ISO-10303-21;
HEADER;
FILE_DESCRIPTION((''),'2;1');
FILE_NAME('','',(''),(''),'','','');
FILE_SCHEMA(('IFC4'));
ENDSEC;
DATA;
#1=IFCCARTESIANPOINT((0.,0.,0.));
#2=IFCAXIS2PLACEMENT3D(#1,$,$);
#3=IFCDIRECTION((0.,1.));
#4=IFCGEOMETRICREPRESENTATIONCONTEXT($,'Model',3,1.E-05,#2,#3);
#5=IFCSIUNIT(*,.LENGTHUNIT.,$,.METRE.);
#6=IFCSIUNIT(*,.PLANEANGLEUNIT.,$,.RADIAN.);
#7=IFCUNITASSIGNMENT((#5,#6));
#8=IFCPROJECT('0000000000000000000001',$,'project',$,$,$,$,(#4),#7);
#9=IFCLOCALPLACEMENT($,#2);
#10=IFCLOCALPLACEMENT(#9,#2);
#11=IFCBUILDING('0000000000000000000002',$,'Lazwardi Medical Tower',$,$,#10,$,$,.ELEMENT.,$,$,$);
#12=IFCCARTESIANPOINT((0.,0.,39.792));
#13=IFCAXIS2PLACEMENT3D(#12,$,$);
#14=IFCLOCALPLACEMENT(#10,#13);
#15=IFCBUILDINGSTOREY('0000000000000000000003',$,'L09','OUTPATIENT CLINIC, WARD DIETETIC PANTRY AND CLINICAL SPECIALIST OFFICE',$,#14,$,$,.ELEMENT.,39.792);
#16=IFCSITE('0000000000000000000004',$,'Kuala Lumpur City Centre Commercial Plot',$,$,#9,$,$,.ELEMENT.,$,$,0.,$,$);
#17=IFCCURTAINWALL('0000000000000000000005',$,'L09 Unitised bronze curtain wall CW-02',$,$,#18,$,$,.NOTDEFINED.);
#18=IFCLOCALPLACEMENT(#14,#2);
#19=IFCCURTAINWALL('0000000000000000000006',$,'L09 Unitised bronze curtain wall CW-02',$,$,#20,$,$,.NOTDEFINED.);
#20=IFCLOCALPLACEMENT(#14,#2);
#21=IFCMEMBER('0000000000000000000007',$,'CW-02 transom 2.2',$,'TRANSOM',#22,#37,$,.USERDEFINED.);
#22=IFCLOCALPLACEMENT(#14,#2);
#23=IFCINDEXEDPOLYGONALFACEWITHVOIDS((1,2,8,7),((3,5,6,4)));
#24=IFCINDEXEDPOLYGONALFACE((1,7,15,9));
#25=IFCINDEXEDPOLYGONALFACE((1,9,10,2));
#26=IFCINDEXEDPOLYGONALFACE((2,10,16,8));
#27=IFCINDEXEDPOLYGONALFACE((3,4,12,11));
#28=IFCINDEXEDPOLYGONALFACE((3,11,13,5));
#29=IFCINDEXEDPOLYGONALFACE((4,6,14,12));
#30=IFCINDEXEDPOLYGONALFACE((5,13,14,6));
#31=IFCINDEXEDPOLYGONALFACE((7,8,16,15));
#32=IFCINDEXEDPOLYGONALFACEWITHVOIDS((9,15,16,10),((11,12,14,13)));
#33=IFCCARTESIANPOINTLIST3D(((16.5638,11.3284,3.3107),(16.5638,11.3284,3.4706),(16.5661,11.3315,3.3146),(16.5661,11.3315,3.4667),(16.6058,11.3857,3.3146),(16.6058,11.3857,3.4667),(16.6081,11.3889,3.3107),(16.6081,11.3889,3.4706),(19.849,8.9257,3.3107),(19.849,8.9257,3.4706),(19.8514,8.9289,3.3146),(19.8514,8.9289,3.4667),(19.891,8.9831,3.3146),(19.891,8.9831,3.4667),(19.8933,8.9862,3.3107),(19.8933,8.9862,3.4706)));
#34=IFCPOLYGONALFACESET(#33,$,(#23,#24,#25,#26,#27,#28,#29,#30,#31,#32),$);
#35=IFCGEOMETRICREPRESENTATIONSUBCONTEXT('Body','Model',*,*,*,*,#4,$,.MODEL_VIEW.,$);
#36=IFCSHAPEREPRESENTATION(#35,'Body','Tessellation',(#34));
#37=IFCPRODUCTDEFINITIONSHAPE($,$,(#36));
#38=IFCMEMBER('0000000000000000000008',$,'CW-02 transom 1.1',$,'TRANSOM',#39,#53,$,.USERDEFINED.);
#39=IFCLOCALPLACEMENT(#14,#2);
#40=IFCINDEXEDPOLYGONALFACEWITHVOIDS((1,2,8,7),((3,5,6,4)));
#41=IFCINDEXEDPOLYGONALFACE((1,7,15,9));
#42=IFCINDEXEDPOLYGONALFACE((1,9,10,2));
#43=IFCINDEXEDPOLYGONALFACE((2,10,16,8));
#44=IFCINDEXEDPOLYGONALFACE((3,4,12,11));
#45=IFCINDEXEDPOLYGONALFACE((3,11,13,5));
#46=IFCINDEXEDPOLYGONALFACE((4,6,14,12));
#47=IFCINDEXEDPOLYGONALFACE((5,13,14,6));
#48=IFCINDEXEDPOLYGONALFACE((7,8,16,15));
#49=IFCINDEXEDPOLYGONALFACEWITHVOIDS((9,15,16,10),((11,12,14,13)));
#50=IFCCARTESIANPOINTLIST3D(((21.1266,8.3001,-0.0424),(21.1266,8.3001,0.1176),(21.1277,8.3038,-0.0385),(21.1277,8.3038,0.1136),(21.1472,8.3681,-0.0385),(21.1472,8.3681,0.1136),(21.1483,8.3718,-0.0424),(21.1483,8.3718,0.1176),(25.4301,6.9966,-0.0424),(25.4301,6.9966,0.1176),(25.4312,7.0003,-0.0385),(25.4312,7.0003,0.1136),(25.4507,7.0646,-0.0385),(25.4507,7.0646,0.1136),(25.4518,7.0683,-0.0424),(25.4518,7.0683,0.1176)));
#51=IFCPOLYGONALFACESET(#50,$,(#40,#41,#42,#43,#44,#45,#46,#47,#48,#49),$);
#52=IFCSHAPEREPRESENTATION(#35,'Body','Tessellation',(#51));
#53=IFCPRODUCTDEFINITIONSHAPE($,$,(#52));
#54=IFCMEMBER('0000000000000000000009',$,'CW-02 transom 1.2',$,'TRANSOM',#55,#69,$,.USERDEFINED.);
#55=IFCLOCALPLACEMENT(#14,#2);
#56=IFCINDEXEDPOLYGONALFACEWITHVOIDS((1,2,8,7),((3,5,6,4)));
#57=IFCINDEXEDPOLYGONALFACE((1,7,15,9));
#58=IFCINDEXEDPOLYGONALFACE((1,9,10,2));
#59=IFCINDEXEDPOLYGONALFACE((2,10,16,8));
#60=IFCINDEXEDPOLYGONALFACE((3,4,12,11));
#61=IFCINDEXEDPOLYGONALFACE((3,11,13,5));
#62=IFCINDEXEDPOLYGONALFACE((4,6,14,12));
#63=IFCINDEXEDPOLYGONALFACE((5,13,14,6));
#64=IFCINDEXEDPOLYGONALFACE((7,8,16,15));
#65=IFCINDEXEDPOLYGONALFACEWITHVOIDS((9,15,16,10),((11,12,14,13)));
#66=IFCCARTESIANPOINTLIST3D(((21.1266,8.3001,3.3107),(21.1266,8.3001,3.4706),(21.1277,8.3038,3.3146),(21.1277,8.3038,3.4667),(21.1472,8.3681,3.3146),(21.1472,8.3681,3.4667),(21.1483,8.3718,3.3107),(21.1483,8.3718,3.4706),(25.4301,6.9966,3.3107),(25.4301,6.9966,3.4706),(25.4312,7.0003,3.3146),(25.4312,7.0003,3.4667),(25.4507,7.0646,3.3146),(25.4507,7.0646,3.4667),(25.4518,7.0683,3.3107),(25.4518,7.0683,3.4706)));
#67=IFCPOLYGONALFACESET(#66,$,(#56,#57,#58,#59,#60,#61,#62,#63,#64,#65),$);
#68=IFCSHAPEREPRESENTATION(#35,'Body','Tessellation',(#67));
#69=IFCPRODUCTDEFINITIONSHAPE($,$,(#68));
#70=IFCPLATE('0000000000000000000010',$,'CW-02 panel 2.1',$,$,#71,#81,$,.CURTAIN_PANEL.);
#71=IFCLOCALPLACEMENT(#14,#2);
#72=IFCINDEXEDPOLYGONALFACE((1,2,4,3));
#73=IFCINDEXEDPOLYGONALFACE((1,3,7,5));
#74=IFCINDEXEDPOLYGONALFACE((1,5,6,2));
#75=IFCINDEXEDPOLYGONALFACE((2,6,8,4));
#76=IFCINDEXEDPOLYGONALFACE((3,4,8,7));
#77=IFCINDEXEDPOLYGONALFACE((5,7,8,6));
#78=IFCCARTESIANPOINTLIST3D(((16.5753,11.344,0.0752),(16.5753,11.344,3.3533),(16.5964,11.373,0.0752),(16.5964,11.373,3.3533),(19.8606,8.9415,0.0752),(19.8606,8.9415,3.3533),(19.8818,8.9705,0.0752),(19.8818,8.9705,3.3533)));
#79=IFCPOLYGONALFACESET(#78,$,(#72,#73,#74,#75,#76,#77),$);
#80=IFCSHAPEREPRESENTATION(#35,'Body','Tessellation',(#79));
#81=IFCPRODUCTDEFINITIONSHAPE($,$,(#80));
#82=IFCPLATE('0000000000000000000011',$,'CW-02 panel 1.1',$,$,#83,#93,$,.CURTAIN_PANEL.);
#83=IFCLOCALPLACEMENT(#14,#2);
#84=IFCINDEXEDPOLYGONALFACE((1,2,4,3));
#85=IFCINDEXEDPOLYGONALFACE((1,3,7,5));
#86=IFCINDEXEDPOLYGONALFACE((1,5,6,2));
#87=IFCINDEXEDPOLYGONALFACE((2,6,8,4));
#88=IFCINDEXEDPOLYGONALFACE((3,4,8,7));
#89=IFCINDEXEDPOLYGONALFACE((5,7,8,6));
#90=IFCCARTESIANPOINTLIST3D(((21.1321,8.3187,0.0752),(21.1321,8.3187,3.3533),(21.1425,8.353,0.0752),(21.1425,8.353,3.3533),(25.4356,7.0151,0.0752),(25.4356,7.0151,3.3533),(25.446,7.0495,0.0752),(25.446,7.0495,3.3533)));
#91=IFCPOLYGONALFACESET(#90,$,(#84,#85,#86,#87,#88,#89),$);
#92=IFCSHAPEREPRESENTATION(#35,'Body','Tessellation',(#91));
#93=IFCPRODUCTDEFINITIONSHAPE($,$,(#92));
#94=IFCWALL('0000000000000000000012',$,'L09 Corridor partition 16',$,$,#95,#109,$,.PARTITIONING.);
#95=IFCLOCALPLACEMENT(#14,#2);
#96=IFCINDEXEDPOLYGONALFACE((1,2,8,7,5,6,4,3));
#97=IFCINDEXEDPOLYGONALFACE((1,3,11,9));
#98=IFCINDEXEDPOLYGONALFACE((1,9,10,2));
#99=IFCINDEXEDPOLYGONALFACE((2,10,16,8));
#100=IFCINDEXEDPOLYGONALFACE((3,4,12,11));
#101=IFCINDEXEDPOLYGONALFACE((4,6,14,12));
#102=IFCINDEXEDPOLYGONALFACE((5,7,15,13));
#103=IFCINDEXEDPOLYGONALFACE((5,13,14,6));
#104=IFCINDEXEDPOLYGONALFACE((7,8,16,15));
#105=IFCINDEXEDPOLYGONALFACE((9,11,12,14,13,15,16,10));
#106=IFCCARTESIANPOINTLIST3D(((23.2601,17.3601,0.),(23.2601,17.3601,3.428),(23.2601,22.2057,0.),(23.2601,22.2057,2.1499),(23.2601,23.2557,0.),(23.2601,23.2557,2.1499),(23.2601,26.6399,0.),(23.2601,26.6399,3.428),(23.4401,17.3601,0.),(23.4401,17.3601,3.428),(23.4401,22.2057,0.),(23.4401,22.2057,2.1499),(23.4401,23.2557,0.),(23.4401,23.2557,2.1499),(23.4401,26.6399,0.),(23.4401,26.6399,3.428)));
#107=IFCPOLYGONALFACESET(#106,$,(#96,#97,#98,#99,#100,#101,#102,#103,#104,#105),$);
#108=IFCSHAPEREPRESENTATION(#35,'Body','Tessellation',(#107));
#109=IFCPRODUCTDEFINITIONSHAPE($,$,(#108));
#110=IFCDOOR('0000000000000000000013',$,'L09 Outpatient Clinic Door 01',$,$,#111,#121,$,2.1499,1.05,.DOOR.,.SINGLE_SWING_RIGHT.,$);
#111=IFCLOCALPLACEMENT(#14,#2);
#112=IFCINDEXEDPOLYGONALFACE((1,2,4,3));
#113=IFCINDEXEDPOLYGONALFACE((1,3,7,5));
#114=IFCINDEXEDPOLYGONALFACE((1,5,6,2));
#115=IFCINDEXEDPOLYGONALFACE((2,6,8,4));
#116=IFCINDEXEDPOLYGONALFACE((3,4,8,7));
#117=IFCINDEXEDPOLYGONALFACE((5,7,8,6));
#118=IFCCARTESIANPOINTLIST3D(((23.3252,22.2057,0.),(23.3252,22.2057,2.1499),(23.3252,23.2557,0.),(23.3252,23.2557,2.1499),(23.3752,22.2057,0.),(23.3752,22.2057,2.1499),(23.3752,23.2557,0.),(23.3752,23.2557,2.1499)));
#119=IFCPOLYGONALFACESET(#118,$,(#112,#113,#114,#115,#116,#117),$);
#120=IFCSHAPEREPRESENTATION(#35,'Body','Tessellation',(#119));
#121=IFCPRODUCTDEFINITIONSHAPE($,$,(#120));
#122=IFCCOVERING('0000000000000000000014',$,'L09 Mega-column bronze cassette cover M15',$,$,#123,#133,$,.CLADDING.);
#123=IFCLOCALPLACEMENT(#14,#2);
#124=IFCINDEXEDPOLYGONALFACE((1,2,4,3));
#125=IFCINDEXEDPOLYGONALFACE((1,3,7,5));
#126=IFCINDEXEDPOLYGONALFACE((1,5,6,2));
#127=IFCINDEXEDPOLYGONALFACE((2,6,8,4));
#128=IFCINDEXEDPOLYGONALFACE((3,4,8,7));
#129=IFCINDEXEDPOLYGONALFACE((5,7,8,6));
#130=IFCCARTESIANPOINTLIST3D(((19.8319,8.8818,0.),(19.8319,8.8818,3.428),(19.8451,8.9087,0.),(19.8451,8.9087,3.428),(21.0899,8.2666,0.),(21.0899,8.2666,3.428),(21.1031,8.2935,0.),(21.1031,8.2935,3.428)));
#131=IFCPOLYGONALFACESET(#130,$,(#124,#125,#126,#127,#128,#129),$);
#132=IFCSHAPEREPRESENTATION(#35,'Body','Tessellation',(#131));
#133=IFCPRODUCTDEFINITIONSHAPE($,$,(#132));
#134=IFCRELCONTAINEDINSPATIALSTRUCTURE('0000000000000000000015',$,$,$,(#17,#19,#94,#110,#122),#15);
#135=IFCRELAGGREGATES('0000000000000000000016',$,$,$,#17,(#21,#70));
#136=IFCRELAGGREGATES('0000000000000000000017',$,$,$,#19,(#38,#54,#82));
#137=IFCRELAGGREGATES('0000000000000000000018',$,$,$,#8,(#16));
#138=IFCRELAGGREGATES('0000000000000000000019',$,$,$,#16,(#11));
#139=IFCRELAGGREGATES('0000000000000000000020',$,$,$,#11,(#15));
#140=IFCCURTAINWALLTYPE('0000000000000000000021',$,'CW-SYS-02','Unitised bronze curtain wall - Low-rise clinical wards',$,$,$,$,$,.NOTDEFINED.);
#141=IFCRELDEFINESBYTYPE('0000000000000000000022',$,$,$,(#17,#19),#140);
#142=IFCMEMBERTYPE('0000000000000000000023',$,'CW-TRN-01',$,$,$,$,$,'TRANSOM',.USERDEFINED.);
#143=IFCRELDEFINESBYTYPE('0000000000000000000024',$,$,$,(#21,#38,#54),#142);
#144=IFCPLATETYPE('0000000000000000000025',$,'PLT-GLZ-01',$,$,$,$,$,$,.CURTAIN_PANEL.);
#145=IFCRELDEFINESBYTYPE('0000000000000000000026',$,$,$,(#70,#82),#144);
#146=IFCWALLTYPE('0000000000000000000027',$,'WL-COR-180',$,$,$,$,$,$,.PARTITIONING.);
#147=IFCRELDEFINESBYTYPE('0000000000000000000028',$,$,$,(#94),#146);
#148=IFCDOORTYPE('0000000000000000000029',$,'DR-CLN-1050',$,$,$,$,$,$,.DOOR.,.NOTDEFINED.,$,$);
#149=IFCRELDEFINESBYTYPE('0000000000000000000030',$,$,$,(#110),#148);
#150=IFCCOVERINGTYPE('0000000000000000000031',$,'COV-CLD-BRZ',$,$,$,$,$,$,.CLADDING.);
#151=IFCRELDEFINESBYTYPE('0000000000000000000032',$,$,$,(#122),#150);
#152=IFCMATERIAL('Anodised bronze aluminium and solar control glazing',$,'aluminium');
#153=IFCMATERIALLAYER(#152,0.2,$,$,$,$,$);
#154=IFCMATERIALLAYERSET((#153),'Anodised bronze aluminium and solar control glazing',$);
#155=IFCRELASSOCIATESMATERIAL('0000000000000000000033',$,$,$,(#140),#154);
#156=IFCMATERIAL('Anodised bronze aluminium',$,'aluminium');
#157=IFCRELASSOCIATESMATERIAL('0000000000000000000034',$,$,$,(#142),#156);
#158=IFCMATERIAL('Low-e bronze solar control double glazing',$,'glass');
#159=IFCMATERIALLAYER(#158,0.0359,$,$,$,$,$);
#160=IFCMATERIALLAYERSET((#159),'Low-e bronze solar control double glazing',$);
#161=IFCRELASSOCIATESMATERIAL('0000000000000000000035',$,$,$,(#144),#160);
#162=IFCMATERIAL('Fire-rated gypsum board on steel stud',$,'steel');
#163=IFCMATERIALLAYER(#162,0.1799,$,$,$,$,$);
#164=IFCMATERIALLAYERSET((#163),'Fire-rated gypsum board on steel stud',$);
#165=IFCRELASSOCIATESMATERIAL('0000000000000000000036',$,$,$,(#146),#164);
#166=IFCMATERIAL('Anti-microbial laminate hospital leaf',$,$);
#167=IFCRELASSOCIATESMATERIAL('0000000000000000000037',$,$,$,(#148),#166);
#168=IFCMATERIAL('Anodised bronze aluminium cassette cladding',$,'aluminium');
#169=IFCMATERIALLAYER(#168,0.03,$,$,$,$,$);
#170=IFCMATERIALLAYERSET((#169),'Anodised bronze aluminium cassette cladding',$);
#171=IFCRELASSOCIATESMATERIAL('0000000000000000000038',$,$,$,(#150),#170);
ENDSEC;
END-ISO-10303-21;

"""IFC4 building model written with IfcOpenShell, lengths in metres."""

from ifc_helpers import new_model, si_unit, direction, frame, frame_2d, origin, origin_2d, place, context, subcontext, project, spatial, rectangle, hollow_rectangle, extrude, material, layer, layer_set, material_profile, profile_set, type_object, element, fill, aggregate, save


model = new_model("IFC4")

# Units and contexts
model_context = context("Model", 3, precision=1e-05, world=origin(), true_north=direction((0.0, 1.0)))
body_context = subcontext(model_context, "Body", "Model", "MODEL_VIEW")
ifc_project = project(units=[si_unit("LENGTHUNIT", "METRE"), si_unit("PLANEANGLEUNIT", "RADIAN")], contexts=[model_context])

# Site, building, storey
site_placement = place(None, origin())
site = spatial("IfcSite", under=ifc_project, at=site_placement, Name="Kuala Lumpur City Centre Commercial Plot", CompositionType="ELEMENT", RefElevation=0.0)
building_placement = place(site_placement, origin())
building = spatial("IfcBuilding", under=site, at=building_placement, Name="Lazwardi Medical Tower", CompositionType="ELEMENT")
storey_placement = place(building_placement, frame((0.0, 0.0, 39.792)))
storey = spatial("IfcBuildingStorey", under=building, at=storey_placement, Name="L09", Description="OUTPATIENT CLINIC, WARD DIETETIC PANTRY AND CLINICAL SPECIALIST OFFICE", CompositionType="ELEMENT", Elevation=39.792)

# Curtain wall
ifc_material_1 = material(Name="Anodised bronze aluminium and solar control glazing", Category="aluminium")
ifc_layer_1 = layer(ifc_material_1, 0.2)
ifc_layer_set_1 = layer_set([ifc_layer_1], Name="Anodised bronze aluminium and solar control glazing")
curtain_wall_type = type_object("IfcCurtainWallType", Name="CW-SYS-02", Description="Unitised bronze curtain wall - Low-rise clinical wards", PredefinedType="NOTDEFINED", material=ifc_layer_set_1)
curtain_wall_1_placement = place(storey_placement, origin())
curtain_wall_1 = element("IfcCurtainWall", 1, at=curtain_wall_1_placement, inside=storey, type_object=curtain_wall_type, Name="L09 Unitised bronze curtain wall CW-02", PredefinedType="NOTDEFINED")
ifc_material_2 = material(Name="Anodised bronze aluminium", Category="aluminium")

# Curtain wall
curtain_wall_2_placement = place(storey_placement, origin())
curtain_wall_2 = element("IfcCurtainWall", 2, at=curtain_wall_2_placement, inside=storey, type_object=curtain_wall_type, Name="L09 Unitised bronze curtain wall CW-02", PredefinedType="NOTDEFINED")

# Members
ifc_material_profile_1 = material_profile(ifc_material_2, hollow_rectangle(XDim=0.075, YDim=0.1599, WallThickness=0.0039, at=origin_2d()), Name="ALU-TRANSOM 160x75x4")
ifc_profile_set_1 = profile_set([ifc_material_profile_1], Name="Anodised bronze aluminium")
member_type_1 = type_object("IfcMemberType", Name="CW-TRN-01", ElementType="TRANSOM", PredefinedType="USERDEFINED", material=ifc_profile_set_1)
member_1_placement = place(storey_placement, frame((16.5859, 11.3586, 3.3906), z_axis=(0.807169, -0.59032, 0.0), x_axis=(0.59032, 0.807169, 0.0)))
member_1 = element("IfcMember", 3, at=member_1_placement, type_object=member_type_1, Name="CW-02 transom 2.2", ObjectType="TRANSOM", PredefinedType="USERDEFINED", context=body_context, shape_type="SweptSolid", body=[
    extrude(hollow_rectangle(XDim=0.075, YDim=0.1599, WallThickness=0.0039, at=origin_2d()), origin(), (0.0, 0.0, 1.0), 4.0701),
])
member_2_placement = place(storey_placement, frame((21.1375, 8.3359, 0.0376), z_axis=(0.957062, -0.289882, 0.0), x_axis=(0.289882, 0.957062, 0.0)))
member_2 = element("IfcMember", 4, at=member_2_placement, type_object=member_type_1, Name="CW-02 transom 1.1", ObjectType="TRANSOM", PredefinedType="USERDEFINED", context=body_context, shape_type="SweptSolid", body=[
    extrude(hollow_rectangle(XDim=0.075, YDim=0.1599, WallThickness=0.0039, at=origin_2d()), origin(), (0.0, 0.0, 1.0), 4.4966),
])
member_3_placement = place(storey_placement, frame((21.1375, 8.3359, 3.3906), z_axis=(0.957062, -0.289882, 0.0), x_axis=(0.289882, 0.957062, 0.0)))
member_3 = element("IfcMember", 5, at=member_3_placement, type_object=member_type_1, Name="CW-02 transom 1.2", ObjectType="TRANSOM", PredefinedType="USERDEFINED", context=body_context, shape_type="SweptSolid", body=[
    extrude(hollow_rectangle(XDim=0.075, YDim=0.1599, WallThickness=0.0039, at=origin_2d()), origin(), (0.0, 0.0, 1.0), 4.4966),
])

# Plates
ifc_material_3 = material(Name="Low-e bronze solar control double glazing", Category="glass")
ifc_layer_2 = layer(ifc_material_3, 0.0359)
ifc_layer_set_2 = layer_set([ifc_layer_2], Name="Low-e bronze solar control double glazing")
plate_type = type_object("IfcPlateType", Name="PLT-GLZ-01", PredefinedType="CURTAIN_PANEL", material=ifc_layer_set_2)
plate_1_placement = place(storey_placement, frame((18.2285, 10.1572, 0.0752), z_axis=(0.0, 0.0, 1.0), x_axis=(0.807192, -0.590289, 0.0)))
plate_1 = element("IfcPlate", 6, at=plate_1_placement, type_object=plate_type, Name="CW-02 panel 2.1", PredefinedType="CURTAIN_PANEL", context=body_context, shape_type="SweptSolid", body=[
    extrude(rectangle(XDim=4.0701, YDim=0.0359, at=origin_2d()), origin(), (0.0, 0.0, 1.0), 3.2781),
])
aggregate(curtain_wall_1, [member_1, plate_1])
plate_2_placement = place(storey_placement, frame((23.2891, 7.6841, 0.0752), z_axis=(0.0, 0.0, 1.0), x_axis=(0.957058, -0.289896, 0.0)))
plate_2 = element("IfcPlate", 7, at=plate_2_placement, type_object=plate_type, Name="CW-02 panel 1.1", PredefinedType="CURTAIN_PANEL", context=body_context, shape_type="SweptSolid", body=[
    extrude(rectangle(XDim=4.4966, YDim=0.0359, at=origin_2d()), origin(), (0.0, 0.0, 1.0), 3.2781),
])
aggregate(curtain_wall_2, [member_2, member_3, plate_2])

# Wall, opening, door
ifc_material_4 = material(Name="Fire-rated gypsum board on steel stud", Category="steel")
ifc_layer_3 = layer(ifc_material_4, 0.1799)
ifc_layer_set_3 = layer_set([ifc_layer_3], Name="Fire-rated gypsum board on steel stud")
wall_type = type_object("IfcWallType", Name="WL-COR-180", PredefinedType="PARTITIONING", material=ifc_layer_set_3)
wall_placement = place(storey_placement, frame((23.3501, 17.3601, 0.0), z_axis=(0.0, 0.0, 1.0), x_axis=(0.0, 1.0, 0.0)))
wall = element("IfcWall", 8, at=wall_placement, inside=storey, type_object=wall_type, Name="L09 Corridor partition 16", PredefinedType="PARTITIONING", context=body_context, shape_type="SweptSolid", body=[
    extrude(rectangle(XDim=9.2798, YDim=0.1799, at=frame_2d((4.6399, 0.0))), origin(), (0.0, 0.0, 1.0), 3.428),
])
opening_placement = place(wall_placement, frame((4.8457, 0.0, 0.0)))
opening = element("IfcOpeningElement", 9, at=opening_placement, cuts=wall, PredefinedType="OPENING", context=body_context, shape_type="SweptSolid", body=[
    extrude(rectangle(XDim=1.05, YDim=2.1499, at=frame_2d((0.5249, 1.075))), frame((0.0, 0.0999, 0.0), z_axis=(0.0, -1.0, 0.0), x_axis=(1.0, 0.0, 0.0)), (0.0, 0.0, 1.0), 0.2),
])
ifc_material_5 = material(Name="Anti-microbial laminate hospital leaf")
door_type = type_object("IfcDoorType", Name="DR-CLN-1050", OperationType="NOTDEFINED", PredefinedType="DOOR", material=ifc_material_5)
door_placement = place(opening_placement, origin())
door = element("IfcDoor", 10, at=door_placement, inside=storey, type_object=door_type, Name="L09 Outpatient Clinic Door 01", OperationType="SINGLE_SWING_RIGHT", OverallHeight=2.1499, OverallWidth=1.05, PredefinedType="DOOR", context=body_context, shape_type="SweptSolid", body=[
    extrude(rectangle(XDim=1.05, YDim=2.1499, at=frame_2d((0.5249, 1.075))), frame((0.0, 0.0249, 0.0), z_axis=(0.0, -1.0, 0.0), x_axis=(1.0, 0.0, 0.0)), (0.0, 0.0, 1.0), 0.05),
])
fill(opening, door)

# Covering
ifc_material_6 = material(Name="Anodised bronze aluminium cassette cladding", Category="aluminium")
ifc_layer_4 = layer(ifc_material_6, 0.03)
ifc_layer_set_4 = layer_set([ifc_layer_4], Name="Anodised bronze aluminium cassette cladding")
covering_type = type_object("IfcCoveringType", Name="COV-CLD-BRZ", PredefinedType="CLADDING", material=ifc_layer_set_4)
covering_placement = place(storey_placement, frame((20.4675, 8.5876, 0.0), z_axis=(0.0, 0.0, 1.0), x_axis=(0.898334, -0.439312, 0.0)))
element("IfcCovering", 11, at=covering_placement, inside=storey, type_object=covering_type, Name="L09 Mega-column bronze cassette cover M15", PredefinedType="CLADDING", context=body_context, shape_type="SweptSolid", body=[
    extrude(rectangle(XDim=1.4004, YDim=0.03, at=origin_2d()), origin(), (0.0, 0.0, 1.0), 3.428),
])

save(model, "model.ifc")
